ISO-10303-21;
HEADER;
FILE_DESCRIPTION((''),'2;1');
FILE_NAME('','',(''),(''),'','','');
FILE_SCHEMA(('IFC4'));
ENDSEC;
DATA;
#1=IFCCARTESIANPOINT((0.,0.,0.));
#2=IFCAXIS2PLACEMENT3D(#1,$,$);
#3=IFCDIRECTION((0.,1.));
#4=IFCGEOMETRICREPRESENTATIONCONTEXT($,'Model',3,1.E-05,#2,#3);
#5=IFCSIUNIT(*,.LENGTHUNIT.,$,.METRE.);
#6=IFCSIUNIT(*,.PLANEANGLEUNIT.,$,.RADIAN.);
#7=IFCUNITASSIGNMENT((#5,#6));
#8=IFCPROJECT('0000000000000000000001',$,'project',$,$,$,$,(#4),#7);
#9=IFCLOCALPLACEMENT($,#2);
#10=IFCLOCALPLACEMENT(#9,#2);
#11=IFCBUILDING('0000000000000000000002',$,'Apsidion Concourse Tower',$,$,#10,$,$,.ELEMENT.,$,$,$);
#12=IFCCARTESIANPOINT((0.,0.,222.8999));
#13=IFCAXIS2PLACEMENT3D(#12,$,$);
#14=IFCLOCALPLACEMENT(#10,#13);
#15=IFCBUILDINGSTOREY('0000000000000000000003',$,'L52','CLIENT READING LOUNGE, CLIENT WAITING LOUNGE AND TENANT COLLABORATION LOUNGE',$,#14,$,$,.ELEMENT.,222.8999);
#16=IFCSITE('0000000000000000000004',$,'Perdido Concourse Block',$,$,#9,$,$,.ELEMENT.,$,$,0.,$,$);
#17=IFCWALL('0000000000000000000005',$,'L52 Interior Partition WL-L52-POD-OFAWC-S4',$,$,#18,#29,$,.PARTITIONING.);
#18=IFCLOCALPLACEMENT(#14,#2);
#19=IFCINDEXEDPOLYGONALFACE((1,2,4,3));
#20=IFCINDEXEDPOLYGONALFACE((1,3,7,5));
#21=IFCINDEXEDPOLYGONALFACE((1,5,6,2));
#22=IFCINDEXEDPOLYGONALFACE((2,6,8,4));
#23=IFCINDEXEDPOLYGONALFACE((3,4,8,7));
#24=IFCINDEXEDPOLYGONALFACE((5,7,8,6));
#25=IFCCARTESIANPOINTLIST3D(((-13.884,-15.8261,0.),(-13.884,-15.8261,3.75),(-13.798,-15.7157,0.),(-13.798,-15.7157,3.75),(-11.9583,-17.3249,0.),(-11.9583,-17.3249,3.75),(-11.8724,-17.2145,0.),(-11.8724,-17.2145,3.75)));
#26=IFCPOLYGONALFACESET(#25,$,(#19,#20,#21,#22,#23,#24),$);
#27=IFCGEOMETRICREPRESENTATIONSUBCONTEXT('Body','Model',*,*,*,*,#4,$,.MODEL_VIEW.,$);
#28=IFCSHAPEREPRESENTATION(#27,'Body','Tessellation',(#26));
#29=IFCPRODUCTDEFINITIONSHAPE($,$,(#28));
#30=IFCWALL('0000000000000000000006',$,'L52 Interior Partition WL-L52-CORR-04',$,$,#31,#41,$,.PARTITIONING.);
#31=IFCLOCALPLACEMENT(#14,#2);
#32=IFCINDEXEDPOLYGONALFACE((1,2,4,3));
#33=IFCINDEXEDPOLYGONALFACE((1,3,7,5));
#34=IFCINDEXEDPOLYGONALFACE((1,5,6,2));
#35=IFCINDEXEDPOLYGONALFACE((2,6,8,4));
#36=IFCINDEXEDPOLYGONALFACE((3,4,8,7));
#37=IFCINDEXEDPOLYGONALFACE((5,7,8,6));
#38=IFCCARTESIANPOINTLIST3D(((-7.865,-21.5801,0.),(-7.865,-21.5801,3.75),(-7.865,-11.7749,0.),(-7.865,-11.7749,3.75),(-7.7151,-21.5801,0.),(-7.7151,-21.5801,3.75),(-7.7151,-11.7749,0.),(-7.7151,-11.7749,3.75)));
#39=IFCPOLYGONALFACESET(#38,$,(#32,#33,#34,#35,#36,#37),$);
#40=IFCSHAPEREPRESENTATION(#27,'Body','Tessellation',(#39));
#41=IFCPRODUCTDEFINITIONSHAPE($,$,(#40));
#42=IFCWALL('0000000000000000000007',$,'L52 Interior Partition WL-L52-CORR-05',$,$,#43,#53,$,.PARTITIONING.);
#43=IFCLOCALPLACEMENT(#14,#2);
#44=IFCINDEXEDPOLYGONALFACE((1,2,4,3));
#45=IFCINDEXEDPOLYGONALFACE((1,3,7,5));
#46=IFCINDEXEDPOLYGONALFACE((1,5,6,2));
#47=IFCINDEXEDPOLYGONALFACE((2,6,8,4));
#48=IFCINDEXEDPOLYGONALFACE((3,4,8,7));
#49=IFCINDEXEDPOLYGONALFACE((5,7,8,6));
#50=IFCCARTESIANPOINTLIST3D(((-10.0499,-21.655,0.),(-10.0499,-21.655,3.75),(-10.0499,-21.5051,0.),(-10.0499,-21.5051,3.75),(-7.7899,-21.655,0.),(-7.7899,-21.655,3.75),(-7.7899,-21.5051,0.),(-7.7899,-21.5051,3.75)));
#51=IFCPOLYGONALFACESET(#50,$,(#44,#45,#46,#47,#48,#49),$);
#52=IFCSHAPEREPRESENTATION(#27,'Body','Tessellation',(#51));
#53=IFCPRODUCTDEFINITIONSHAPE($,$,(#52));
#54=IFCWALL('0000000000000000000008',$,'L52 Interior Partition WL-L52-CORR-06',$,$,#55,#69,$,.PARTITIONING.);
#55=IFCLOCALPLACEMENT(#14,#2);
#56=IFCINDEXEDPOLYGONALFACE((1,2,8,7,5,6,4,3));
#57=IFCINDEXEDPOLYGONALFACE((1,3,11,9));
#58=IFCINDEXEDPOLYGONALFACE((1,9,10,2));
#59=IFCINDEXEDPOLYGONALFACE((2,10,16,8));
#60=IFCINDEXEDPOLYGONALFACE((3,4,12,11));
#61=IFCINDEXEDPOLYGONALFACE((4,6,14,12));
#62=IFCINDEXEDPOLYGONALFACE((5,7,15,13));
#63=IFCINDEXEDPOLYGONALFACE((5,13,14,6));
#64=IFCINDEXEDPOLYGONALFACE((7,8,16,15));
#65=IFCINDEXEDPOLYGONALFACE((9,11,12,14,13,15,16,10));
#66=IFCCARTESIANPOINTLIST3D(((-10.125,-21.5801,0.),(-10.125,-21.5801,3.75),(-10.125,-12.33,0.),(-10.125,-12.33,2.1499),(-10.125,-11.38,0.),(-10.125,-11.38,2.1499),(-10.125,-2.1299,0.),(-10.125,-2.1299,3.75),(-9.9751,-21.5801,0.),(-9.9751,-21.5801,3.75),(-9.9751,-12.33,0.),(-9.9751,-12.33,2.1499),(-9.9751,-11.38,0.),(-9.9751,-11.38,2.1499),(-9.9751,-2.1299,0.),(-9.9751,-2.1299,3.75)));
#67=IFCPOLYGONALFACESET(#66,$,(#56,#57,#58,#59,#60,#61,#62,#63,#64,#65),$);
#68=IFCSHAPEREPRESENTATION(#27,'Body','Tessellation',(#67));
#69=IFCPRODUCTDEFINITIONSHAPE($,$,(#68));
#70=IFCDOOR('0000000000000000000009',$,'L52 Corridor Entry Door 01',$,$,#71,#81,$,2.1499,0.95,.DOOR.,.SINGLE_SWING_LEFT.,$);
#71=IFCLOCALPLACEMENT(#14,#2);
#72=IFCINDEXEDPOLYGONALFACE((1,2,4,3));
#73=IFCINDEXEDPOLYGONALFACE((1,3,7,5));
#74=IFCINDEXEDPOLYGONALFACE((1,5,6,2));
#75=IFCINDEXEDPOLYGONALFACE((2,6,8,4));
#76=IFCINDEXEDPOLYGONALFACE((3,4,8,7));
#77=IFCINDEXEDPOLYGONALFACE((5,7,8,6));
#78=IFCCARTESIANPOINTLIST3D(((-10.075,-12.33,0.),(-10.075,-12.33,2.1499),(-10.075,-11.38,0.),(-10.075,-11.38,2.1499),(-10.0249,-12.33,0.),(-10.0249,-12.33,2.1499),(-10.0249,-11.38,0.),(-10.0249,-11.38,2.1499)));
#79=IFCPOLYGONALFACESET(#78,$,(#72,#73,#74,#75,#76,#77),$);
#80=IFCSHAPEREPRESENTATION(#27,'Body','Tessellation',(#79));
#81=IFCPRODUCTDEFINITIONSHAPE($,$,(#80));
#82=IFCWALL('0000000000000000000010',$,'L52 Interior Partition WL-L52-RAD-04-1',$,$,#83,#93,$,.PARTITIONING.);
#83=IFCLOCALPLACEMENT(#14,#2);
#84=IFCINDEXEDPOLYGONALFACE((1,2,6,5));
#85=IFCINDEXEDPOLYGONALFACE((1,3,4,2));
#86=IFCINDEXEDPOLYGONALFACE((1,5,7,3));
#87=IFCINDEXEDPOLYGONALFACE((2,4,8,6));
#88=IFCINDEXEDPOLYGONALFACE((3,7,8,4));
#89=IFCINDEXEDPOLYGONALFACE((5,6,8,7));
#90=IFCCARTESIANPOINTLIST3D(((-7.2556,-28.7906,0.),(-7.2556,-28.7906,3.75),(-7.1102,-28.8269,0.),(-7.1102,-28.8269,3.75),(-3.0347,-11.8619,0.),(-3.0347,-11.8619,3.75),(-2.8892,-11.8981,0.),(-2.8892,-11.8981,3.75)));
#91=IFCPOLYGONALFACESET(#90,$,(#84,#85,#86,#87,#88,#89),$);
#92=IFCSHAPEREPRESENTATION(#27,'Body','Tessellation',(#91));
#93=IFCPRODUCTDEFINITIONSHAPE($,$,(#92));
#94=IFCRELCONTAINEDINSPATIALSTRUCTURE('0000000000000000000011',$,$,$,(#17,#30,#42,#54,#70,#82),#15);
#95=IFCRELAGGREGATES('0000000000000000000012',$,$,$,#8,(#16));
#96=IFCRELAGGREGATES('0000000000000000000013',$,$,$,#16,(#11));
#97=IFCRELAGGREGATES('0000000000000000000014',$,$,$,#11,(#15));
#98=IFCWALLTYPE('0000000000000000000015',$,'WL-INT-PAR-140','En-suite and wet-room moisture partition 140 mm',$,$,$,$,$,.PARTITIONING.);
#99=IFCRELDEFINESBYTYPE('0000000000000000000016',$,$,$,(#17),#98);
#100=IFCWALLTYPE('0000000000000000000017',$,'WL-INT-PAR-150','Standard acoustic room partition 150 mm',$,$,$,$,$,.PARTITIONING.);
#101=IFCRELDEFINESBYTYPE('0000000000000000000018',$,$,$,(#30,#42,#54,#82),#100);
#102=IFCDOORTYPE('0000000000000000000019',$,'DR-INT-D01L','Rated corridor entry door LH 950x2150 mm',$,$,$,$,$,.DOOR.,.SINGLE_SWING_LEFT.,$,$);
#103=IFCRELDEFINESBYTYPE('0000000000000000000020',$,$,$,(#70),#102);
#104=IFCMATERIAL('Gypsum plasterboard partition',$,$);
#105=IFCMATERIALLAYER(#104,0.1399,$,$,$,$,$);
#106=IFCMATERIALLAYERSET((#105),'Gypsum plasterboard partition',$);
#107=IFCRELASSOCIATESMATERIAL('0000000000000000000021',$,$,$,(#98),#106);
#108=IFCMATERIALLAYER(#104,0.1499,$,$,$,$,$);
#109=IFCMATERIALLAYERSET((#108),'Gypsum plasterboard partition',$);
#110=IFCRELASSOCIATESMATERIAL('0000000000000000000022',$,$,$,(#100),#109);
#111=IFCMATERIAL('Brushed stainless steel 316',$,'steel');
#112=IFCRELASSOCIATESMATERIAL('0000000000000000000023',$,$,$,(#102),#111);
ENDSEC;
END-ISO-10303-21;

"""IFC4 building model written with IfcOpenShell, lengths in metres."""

from ifc_helpers import new_model, si_unit, direction, frame, frame_2d, origin, place, context, subcontext, project, spatial, rectangle, extrude, material, layer, layer_set, type_object, element, fill, save


model = new_model("IFC4")

# Units and contexts
model_context = context("Model", 3, precision=1e-05, world=origin(), true_north=direction((0.0, 1.0)))
body_context = subcontext(model_context, "Body", "Model", "MODEL_VIEW")
ifc_project = project(units=[si_unit("LENGTHUNIT", "METRE"), si_unit("PLANEANGLEUNIT", "RADIAN")], contexts=[model_context])

# Site, building, storey
site_placement = place(None, origin())
site = spatial("IfcSite", under=ifc_project, at=site_placement, Name="Perdido Concourse Block", CompositionType="ELEMENT", RefElevation=0.0)
building_placement = place(site_placement, origin())
building = spatial("IfcBuilding", under=site, at=building_placement, Name="Apsidion Concourse Tower", CompositionType="ELEMENT")
storey_placement = place(building_placement, frame((0.0, 0.0, 222.8999)))
storey = spatial("IfcBuildingStorey", under=building, at=storey_placement, Name="L52", Description="CLIENT READING LOUNGE, CLIENT WAITING LOUNGE AND TENANT COLLABORATION LOUNGE", CompositionType="ELEMENT", Elevation=222.8999)

# Shared definitions
ifc_material_1 = material(Name="Gypsum plasterboard partition")
ifc_layer_1 = layer(ifc_material_1, 0.1399)
ifc_layer_set_1 = layer_set([ifc_layer_1], Name="Gypsum plasterboard partition")
wall_type_1 = type_object("IfcWallType", Name="WL-INT-PAR-140", Description="En-suite and wet-room moisture partition 140 mm", PredefinedType="PARTITIONING", material=ifc_layer_set_1)

# Walls
wall_1_placement = place(storey_placement, frame((-11.9153, -17.2698, 0.0), z_axis=(0.0, 0.0, 1.0), x_axis=(-0.789126, 0.614231, 0.0)))
element("IfcWall", 1, at=wall_1_placement, inside=storey, type_object=wall_type_1, Name="L52 Interior Partition WL-L52-POD-OFAWC-S4", PredefinedType="PARTITIONING", context=body_context, shape_type="SweptSolid", body=[
    extrude(rectangle(XDim=2.4402, YDim=0.1399, at=frame_2d((1.2202, 0.0))), origin(), (0.0, 0.0, 1.0), 3.75),
])
ifc_layer_2 = layer(ifc_material_1, 0.1499)
ifc_layer_set_2 = layer_set([ifc_layer_2], Name="Gypsum plasterboard partition")
wall_type_2 = type_object("IfcWallType", Name="WL-INT-PAR-150", Description="Standard acoustic room partition 150 mm", PredefinedType="PARTITIONING", material=ifc_layer_set_2)
wall_2_placement = place(storey_placement, frame((-7.79, -11.7749, 0.0), z_axis=(0.0, 0.0, 1.0), x_axis=(0.0, -1.0, 0.0)))
element("IfcWall", 2, at=wall_2_placement, inside=storey, type_object=wall_type_2, Name="L52 Interior Partition WL-L52-CORR-04", PredefinedType="PARTITIONING", context=body_context, shape_type="SweptSolid", body=[
    extrude(rectangle(XDim=9.8052, YDim=0.1499, at=frame_2d((4.9026, 0.0))), origin(), (0.0, 0.0, 1.0), 3.75),
])
wall_3_placement = place(storey_placement, frame((-7.79, -21.5801, 0.0), z_axis=(0.0, 0.0, 1.0), x_axis=(-1.0, 0.0, 0.0)))
element("IfcWall", 3, at=wall_3_placement, inside=storey, type_object=wall_type_2, Name="L52 Interior Partition WL-L52-CORR-05", PredefinedType="PARTITIONING", context=body_context, shape_type="SweptSolid", body=[
    extrude(rectangle(XDim=2.26, YDim=0.1499, at=frame_2d((1.1299, 0.0))), origin(), (0.0, 0.0, 1.0), 3.75),
])

# Wall, opening, door
wall_4_placement = place(storey_placement, frame((-10.05, -21.5801, 0.0), z_axis=(0.0, 0.0, 1.0), x_axis=(0.0, 1.0, 0.0)))
wall_4 = element("IfcWall", 4, at=wall_4_placement, inside=storey, type_object=wall_type_2, Name="L52 Interior Partition WL-L52-CORR-06", PredefinedType="PARTITIONING", context=body_context, shape_type="SweptSolid", body=[
    extrude(rectangle(XDim=19.4502, YDim=0.1499, at=frame_2d((9.7251, 0.0))), origin(), (0.0, 0.0, 1.0), 3.75),
])
opening_1_placement = place(wall_4_placement, frame((9.25, 0.0, 0.0)))
opening_1 = element("IfcOpeningElement", 5, at=opening_1_placement, cuts=wall_4, PredefinedType="OPENING", context=body_context, shape_type="SweptSolid", body=[
    extrude(rectangle(XDim=0.95, YDim=2.1499, at=frame_2d((0.4751, 1.075))), frame((0.0, 0.085, 0.0), z_axis=(0.0, -1.0, 0.0), x_axis=(1.0, 0.0, 0.0)), (0.0, 0.0, 1.0), 0.1699),
])
ifc_material_2 = material(Name="Brushed stainless steel 316", Category="steel")
door_type_1 = type_object("IfcDoorType", Name="DR-INT-D01L", Description="Rated corridor entry door LH 950x2150 mm", OperationType="SINGLE_SWING_LEFT", PredefinedType="DOOR", material=ifc_material_2)
door_1_placement = place(opening_1_placement, origin())
door_1 = element("IfcDoor", 6, at=door_1_placement, inside=storey, type_object=door_type_1, Name="L52 Corridor Entry Door 01", OperationType="SINGLE_SWING_LEFT", OverallHeight=2.1499, OverallWidth=0.95, PredefinedType="DOOR", context=body_context, shape_type="SweptSolid", body=[
    extrude(rectangle(XDim=0.95, YDim=2.1499, at=frame_2d((0.4751, 1.075))), frame((0.0, 0.0249, 0.0), z_axis=(0.0, -1.0, 0.0), x_axis=(1.0, 0.0, 0.0)), (0.0, 0.0, 1.0), 0.05),
])
fill(opening_1, door_1)

# Wall
wall_5_placement = place(storey_placement, frame((-2.9619, -11.8799, 0.0), z_axis=(0.0, 0.0, 1.0), x_axis=(-0.24193, -0.970294, 0.0)))
element("IfcWall", 7, at=wall_5_placement, inside=storey, type_object=wall_type_2, Name="L52 Interior Partition WL-L52-RAD-04-1", PredefinedType="PARTITIONING", context=body_context, shape_type="SweptSolid", body=[
    extrude(rectangle(XDim=17.447, YDim=0.1499, at=frame_2d((8.7236, 0.0))), origin(), (0.0, 0.0, 1.0), 3.75),
])

save(model, "model.ifc")
